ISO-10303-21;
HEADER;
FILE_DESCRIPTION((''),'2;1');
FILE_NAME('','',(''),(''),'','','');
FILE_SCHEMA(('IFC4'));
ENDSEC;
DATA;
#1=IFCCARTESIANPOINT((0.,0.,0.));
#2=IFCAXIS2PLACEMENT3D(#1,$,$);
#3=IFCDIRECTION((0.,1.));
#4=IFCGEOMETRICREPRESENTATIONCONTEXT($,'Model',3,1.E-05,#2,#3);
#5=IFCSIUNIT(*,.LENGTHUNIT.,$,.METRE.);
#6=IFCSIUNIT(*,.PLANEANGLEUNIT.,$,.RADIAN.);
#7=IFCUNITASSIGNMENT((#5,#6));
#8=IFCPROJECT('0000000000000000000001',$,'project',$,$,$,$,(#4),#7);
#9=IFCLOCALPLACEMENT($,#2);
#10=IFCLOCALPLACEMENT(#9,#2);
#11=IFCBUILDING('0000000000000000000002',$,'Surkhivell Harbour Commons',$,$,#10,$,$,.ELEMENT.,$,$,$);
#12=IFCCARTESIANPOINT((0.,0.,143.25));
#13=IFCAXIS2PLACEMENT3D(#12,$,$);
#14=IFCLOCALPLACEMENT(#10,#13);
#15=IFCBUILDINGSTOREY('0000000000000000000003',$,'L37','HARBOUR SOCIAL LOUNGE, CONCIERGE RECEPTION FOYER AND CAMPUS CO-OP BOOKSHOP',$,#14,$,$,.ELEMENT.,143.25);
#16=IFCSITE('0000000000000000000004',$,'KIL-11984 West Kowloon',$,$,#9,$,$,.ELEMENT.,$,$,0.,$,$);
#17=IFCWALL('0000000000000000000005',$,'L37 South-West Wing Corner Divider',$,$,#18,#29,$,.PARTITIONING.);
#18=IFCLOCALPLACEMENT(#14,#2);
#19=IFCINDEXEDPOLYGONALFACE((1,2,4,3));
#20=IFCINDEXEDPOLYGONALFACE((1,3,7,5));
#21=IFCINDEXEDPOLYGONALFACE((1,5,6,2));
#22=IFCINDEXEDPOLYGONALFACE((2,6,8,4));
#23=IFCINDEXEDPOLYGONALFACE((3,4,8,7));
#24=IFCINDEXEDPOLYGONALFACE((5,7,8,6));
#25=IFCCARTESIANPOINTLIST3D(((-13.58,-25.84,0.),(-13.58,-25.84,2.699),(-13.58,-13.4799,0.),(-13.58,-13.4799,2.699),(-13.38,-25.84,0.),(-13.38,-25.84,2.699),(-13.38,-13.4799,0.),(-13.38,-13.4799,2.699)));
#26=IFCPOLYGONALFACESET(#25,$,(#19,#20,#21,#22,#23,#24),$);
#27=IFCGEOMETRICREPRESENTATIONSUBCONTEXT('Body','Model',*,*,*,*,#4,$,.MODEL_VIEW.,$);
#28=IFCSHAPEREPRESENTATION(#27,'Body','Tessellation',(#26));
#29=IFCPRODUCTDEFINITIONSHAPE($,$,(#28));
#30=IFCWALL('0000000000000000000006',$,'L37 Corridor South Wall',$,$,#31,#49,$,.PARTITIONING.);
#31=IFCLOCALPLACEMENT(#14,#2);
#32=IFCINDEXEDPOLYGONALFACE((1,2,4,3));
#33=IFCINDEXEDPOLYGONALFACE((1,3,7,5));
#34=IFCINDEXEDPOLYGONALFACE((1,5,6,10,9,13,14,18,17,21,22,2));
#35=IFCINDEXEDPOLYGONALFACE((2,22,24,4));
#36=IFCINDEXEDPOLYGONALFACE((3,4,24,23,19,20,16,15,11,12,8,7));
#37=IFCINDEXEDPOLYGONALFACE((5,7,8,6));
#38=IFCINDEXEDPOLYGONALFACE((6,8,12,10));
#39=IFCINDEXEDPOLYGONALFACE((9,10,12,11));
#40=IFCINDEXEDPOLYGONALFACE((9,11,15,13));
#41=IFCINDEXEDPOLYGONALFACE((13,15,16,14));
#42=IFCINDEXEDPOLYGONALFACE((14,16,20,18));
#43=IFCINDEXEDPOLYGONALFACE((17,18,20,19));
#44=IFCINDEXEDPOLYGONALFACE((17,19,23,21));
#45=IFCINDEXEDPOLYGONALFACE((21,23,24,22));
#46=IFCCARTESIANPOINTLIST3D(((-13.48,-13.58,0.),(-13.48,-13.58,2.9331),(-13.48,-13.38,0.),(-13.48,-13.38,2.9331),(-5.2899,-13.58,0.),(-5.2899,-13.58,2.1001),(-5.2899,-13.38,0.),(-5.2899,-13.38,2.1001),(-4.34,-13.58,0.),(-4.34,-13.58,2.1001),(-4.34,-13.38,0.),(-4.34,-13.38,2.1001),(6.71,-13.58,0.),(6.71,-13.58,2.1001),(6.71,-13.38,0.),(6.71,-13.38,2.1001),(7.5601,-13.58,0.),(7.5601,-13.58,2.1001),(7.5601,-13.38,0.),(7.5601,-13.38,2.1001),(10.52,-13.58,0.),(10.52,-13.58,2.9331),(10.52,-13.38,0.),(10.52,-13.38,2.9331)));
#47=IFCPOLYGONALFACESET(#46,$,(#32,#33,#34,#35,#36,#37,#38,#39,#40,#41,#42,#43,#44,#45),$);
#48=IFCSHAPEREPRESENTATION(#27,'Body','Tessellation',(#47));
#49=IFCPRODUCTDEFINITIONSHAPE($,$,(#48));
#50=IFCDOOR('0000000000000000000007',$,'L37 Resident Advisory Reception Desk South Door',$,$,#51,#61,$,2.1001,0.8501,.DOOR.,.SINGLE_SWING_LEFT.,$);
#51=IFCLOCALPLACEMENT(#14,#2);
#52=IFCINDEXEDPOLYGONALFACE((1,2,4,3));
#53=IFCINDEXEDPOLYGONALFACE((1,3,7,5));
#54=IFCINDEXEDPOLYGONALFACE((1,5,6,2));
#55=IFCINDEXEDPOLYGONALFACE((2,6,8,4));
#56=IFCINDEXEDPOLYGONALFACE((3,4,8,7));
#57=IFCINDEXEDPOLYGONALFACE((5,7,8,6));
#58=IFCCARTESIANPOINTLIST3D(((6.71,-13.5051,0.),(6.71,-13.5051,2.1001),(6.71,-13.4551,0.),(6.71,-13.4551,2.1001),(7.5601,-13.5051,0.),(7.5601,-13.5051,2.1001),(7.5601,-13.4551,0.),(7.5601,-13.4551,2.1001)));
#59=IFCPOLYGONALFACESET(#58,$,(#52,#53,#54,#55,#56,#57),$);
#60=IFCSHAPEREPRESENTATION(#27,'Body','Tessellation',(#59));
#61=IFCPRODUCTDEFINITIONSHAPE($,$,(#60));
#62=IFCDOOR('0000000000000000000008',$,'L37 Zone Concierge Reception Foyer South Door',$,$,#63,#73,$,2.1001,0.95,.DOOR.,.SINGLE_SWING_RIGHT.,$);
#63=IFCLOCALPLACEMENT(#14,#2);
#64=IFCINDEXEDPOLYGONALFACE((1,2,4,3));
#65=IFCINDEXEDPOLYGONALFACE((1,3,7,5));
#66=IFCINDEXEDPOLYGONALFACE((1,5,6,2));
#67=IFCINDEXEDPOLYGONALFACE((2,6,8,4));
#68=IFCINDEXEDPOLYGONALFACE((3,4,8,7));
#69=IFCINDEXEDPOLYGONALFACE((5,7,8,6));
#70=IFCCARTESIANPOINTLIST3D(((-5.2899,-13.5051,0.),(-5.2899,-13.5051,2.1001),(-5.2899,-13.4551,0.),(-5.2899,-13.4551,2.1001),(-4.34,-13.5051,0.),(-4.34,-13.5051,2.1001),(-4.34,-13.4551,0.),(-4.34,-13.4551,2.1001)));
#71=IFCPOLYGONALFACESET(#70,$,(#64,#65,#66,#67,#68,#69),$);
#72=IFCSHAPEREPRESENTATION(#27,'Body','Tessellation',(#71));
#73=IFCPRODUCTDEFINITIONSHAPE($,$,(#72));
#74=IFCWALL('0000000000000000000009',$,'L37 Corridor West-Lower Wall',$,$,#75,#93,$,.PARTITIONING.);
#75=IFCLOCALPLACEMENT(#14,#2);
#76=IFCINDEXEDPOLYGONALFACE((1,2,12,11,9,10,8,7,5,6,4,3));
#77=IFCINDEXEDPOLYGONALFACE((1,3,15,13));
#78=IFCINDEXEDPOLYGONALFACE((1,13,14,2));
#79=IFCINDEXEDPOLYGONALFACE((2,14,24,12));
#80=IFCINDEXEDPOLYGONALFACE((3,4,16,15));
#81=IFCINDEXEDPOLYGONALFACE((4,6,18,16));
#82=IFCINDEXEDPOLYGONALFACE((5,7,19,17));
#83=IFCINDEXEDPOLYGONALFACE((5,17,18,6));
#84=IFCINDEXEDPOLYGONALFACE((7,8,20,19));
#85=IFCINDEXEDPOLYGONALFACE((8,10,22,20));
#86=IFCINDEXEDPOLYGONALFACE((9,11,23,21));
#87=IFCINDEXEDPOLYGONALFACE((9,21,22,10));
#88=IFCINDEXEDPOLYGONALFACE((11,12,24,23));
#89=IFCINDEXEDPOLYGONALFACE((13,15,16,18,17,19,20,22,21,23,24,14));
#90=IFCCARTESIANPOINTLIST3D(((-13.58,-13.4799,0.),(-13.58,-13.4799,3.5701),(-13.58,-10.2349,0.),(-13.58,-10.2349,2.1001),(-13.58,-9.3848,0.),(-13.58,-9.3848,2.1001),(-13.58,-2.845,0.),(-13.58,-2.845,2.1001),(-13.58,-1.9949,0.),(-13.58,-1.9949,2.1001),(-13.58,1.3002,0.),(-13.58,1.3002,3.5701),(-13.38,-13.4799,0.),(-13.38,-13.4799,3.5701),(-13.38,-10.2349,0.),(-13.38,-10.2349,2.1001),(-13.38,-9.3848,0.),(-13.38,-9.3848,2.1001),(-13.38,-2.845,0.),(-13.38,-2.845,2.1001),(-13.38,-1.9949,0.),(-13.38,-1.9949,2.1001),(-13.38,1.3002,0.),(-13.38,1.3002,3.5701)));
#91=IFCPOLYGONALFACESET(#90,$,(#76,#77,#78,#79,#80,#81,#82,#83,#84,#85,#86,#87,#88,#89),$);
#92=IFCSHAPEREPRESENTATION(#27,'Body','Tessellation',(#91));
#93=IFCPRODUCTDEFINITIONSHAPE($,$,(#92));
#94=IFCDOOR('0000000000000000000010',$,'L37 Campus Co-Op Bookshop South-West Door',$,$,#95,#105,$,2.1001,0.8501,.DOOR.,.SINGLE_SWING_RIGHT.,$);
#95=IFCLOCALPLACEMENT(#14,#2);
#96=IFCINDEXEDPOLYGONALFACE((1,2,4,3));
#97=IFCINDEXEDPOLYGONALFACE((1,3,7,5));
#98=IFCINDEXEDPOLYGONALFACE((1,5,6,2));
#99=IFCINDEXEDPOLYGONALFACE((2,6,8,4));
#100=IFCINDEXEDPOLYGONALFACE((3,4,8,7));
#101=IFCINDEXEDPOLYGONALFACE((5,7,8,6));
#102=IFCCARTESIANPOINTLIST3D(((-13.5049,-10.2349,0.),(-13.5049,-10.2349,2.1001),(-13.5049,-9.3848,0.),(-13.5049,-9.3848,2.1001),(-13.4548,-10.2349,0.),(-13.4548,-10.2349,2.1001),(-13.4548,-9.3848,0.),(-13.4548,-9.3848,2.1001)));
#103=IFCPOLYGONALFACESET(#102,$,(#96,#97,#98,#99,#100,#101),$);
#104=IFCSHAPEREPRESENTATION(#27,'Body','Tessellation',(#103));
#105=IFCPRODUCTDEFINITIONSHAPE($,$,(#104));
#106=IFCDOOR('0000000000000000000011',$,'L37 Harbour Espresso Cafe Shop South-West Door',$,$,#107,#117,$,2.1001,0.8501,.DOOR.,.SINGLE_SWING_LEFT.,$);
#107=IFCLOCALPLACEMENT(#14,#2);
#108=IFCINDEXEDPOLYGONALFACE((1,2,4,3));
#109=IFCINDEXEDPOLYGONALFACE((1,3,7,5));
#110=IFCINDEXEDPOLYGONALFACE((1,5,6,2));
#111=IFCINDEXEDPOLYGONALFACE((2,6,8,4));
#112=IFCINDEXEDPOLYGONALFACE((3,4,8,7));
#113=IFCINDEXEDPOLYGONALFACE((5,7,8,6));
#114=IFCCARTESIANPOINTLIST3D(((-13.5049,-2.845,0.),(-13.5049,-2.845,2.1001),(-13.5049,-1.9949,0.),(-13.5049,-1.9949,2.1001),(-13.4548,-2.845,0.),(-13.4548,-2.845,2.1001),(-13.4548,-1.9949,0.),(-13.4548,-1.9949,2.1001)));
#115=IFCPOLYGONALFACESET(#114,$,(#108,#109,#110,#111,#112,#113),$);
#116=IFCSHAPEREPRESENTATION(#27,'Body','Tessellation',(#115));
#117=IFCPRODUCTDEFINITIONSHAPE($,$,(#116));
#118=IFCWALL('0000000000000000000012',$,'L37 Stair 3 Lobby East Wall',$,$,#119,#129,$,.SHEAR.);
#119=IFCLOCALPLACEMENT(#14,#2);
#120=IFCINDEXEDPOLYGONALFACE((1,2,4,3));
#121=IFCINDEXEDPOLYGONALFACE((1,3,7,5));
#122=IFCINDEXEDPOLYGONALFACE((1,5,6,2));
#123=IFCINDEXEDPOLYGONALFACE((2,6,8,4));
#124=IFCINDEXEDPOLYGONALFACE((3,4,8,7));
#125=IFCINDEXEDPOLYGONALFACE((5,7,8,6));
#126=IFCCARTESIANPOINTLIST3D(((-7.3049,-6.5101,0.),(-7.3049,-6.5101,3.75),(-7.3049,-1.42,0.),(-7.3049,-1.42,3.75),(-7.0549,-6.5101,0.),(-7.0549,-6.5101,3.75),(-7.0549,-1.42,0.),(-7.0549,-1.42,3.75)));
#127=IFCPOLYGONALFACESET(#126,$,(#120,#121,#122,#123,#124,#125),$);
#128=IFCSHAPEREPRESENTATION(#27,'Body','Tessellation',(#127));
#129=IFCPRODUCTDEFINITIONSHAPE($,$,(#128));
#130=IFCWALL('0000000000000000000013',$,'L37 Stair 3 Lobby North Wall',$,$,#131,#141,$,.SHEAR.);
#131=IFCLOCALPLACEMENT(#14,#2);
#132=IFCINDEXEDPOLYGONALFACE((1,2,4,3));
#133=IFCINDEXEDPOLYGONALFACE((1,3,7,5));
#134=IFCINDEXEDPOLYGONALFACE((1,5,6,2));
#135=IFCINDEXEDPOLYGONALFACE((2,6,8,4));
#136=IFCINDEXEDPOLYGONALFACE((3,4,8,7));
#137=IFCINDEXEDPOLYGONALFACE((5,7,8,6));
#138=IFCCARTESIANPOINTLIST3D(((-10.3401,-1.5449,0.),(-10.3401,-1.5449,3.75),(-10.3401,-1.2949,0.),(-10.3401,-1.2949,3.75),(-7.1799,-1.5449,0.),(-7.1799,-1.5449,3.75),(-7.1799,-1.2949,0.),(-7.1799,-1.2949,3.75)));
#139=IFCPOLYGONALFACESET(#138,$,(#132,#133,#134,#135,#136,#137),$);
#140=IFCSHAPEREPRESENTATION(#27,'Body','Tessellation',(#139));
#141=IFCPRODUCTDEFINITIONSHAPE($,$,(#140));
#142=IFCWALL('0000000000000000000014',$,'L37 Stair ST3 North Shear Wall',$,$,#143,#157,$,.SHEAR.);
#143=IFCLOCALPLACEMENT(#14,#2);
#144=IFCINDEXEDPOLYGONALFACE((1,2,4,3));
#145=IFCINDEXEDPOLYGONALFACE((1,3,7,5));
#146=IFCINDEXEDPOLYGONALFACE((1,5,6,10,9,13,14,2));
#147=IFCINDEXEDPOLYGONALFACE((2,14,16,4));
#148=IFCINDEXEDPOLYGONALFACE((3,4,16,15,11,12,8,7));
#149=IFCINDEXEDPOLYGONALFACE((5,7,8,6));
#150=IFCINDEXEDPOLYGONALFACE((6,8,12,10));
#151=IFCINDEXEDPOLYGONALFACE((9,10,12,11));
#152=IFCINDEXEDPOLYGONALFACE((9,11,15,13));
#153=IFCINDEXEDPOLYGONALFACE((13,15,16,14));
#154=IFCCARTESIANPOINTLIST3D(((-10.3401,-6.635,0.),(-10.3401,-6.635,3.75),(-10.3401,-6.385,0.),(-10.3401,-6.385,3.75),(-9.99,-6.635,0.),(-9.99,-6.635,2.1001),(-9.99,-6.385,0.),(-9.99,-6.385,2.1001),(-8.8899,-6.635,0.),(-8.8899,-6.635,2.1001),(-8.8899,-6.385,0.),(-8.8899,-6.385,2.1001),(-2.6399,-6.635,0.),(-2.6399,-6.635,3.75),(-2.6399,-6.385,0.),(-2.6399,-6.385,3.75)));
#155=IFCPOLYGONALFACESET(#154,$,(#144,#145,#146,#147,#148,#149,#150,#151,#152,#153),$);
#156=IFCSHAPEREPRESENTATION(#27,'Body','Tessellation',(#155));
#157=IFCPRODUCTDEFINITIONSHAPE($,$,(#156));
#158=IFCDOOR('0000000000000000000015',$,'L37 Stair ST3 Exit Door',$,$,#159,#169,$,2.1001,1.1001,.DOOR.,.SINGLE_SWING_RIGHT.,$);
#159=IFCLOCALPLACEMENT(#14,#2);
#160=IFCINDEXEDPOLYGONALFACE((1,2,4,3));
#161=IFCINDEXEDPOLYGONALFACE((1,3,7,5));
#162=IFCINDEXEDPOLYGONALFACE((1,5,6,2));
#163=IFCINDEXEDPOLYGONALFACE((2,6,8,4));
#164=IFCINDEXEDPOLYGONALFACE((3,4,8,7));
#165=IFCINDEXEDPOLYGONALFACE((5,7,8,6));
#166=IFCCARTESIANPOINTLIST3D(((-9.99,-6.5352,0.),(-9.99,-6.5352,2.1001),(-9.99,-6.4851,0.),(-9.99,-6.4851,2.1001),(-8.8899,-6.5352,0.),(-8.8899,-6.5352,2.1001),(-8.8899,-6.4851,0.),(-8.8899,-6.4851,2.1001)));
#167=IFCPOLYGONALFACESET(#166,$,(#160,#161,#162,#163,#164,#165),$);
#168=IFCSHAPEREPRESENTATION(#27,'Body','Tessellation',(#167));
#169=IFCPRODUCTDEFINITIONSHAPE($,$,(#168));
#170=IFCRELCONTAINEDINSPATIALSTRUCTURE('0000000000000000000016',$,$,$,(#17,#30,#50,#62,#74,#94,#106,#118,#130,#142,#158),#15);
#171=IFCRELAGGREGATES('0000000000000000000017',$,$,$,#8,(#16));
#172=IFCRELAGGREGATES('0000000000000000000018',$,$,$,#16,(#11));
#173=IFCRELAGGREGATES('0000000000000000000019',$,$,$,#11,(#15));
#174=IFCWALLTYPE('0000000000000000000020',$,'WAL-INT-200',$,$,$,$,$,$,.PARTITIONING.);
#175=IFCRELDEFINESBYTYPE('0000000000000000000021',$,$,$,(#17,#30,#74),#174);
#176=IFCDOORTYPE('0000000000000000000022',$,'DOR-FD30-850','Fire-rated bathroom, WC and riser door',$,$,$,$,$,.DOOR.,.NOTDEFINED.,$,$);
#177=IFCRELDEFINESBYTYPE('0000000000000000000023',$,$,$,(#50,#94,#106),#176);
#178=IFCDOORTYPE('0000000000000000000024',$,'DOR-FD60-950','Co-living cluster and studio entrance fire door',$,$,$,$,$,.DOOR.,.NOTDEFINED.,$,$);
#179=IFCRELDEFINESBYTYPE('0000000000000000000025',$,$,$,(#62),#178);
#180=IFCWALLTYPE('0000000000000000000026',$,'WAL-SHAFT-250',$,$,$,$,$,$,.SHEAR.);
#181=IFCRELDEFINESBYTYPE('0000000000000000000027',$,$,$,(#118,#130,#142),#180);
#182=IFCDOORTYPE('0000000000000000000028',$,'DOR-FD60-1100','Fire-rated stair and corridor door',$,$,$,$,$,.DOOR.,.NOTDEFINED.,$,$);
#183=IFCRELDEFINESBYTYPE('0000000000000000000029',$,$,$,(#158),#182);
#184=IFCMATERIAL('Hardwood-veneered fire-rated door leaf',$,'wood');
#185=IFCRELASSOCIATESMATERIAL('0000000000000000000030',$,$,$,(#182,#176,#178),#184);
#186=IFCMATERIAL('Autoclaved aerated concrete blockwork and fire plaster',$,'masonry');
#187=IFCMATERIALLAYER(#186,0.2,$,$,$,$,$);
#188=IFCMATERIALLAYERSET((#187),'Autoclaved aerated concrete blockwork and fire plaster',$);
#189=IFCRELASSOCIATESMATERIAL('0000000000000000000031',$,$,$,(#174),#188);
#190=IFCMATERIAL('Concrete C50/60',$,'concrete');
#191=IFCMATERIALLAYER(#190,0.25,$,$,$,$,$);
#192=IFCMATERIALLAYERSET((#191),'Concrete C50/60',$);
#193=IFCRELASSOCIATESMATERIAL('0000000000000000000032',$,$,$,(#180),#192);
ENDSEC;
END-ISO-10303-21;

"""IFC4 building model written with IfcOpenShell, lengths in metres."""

from ifc_helpers import new_model, si_unit, direction, frame, frame_2d, origin, place, context, subcontext, project, spatial, rectangle, extrude, material, layer, layer_set, type_object, element, fill, save


model = new_model("IFC4")

# Units and contexts
model_context = context("Model", 3, precision=1e-05, world=origin(), true_north=direction((0.0, 1.0)))
body_context = subcontext(model_context, "Body", "Model", "MODEL_VIEW")
ifc_project = project(units=[si_unit("LENGTHUNIT", "METRE"), si_unit("PLANEANGLEUNIT", "RADIAN")], contexts=[model_context])

# Site, building, storey
site_placement = place(None, origin())
site = spatial("IfcSite", under=ifc_project, at=site_placement, Name="KIL-11984 West Kowloon", CompositionType="ELEMENT", RefElevation=0.0)
building_placement = place(site_placement, origin())
building = spatial("IfcBuilding", under=site, at=building_placement, Name="Surkhivell Harbour Commons", CompositionType="ELEMENT")
storey_placement = place(building_placement, frame((0.0, 0.0, 143.25)))
storey = spatial("IfcBuildingStorey", under=building, at=storey_placement, Name="L37", Description="HARBOUR SOCIAL LOUNGE, CONCIERGE RECEPTION FOYER AND CAMPUS CO-OP BOOKSHOP", CompositionType="ELEMENT", Elevation=143.25)

# Shared definitions
ifc_material_1 = material(Name="Hardwood-veneered fire-rated door leaf", Category="wood")
door_type_1 = type_object("IfcDoorType", Name="DOR-FD60-1100", Description="Fire-rated stair and corridor door", OperationType="NOTDEFINED", PredefinedType="DOOR", material=ifc_material_1)

# Shared definitions
door_type_2 = type_object("IfcDoorType", Name="DOR-FD30-850", Description="Fire-rated bathroom, WC and riser door", OperationType="NOTDEFINED", PredefinedType="DOOR", material=ifc_material_1)

# Wall
ifc_material_2 = material(Name="Autoclaved aerated concrete blockwork and fire plaster", Category="masonry")
ifc_layer_1 = layer(ifc_material_2, 0.2)
ifc_layer_set_1 = layer_set([ifc_layer_1], Name="Autoclaved aerated concrete blockwork and fire plaster")
wall_type_1 = type_object("IfcWallType", Name="WAL-INT-200", PredefinedType="PARTITIONING", material=ifc_layer_set_1)
wall_1_placement = place(storey_placement, frame((-13.48, -25.8401, 0.0), z_axis=(0.0, 0.0, 1.0), x_axis=(0.0, 1.0, 0.0)))
element("IfcWall", 1, at=wall_1_placement, inside=storey, type_object=wall_type_1, Name="L37 South-West Wing Corner Divider", PredefinedType="PARTITIONING", context=body_context, shape_type="SweptSolid", body=[
    extrude(rectangle(XDim=12.3601, YDim=0.2, at=frame_2d((6.1802, 0.0))), origin(), (0.0, 0.0, 1.0), 2.699),
])

# Walls, openings, doors
wall_2_placement = place(storey_placement, frame((-13.48, -13.48, 0.0), z_axis=(0.0, 0.0, 1.0), x_axis=(1.0, 0.0, 0.0)))
wall_2 = element("IfcWall", 2, at=wall_2_placement, inside=storey, type_object=wall_type_1, Name="L37 Corridor South Wall", PredefinedType="PARTITIONING", context=body_context, shape_type="SweptSolid", body=[
    extrude(rectangle(XDim=24.0, YDim=0.2, at=frame_2d((12.0, 0.0))), origin(), (0.0, 0.0, 1.0), 2.9331),
])
opening_1_placement = place(wall_2_placement, frame((8.1899, 0.0, 0.0)))
opening_1 = element("IfcOpeningElement", 3, at=opening_1_placement, cuts=wall_2, PredefinedType="OPENING", context=body_context, shape_type="SweptSolid", body=[
    extrude(rectangle(XDim=0.95, YDim=2.1001, at=frame_2d((0.4751, 1.05))), frame((0.0, 0.1099, 0.0), z_axis=(0.0, -1.0, 0.0), x_axis=(1.0, 0.0, 0.0)), (0.0, 0.0, 1.0), 0.22),
])
opening_2_placement = place(wall_2_placement, frame((20.1899, 0.0, 0.0)))
opening_2 = element("IfcOpeningElement", 4, at=opening_2_placement, cuts=wall_2, PredefinedType="OPENING", context=body_context, shape_type="SweptSolid", body=[
    extrude(rectangle(XDim=0.8501, YDim=2.1001, at=frame_2d((0.425, 1.05))), frame((0.0, 0.1099, 0.0), z_axis=(0.0, -1.0, 0.0), x_axis=(1.0, 0.0, 0.0)), (0.0, 0.0, 1.0), 0.22),
])
door_1_placement = place(opening_2_placement, origin())
door_1 = element("IfcDoor", 5, at=door_1_placement, inside=storey, type_object=door_type_2, Name="L37 Resident Advisory Reception Desk South Door", OperationType="SINGLE_SWING_LEFT", OverallHeight=2.1001, OverallWidth=0.8501, PredefinedType="DOOR", context=body_context, shape_type="SweptSolid", body=[
    extrude(rectangle(XDim=0.8501, YDim=2.1001, at=frame_2d((0.425, 1.05))), frame((0.0, 0.0249, 0.0), z_axis=(0.0, -1.0, 0.0), x_axis=(1.0, 0.0, 0.0)), (0.0, 0.0, 1.0), 0.05),
])
fill(opening_2, door_1)
door_type_3 = type_object("IfcDoorType", Name="DOR-FD60-950", Description="Co-living cluster and studio entrance fire door", OperationType="NOTDEFINED", PredefinedType="DOOR", material=ifc_material_1)
door_2_placement = place(opening_1_placement, origin())
door_2 = element("IfcDoor", 6, at=door_2_placement, inside=storey, type_object=door_type_3, Name="L37 Zone Concierge Reception Foyer South Door", OperationType="SINGLE_SWING_RIGHT", OverallHeight=2.1001, OverallWidth=0.95, PredefinedType="DOOR", context=body_context, shape_type="SweptSolid", body=[
    extrude(rectangle(XDim=0.95, YDim=2.1001, at=frame_2d((0.4751, 1.05))), frame((0.0, 0.0249, 0.0), z_axis=(0.0, -1.0, 0.0), x_axis=(1.0, 0.0, 0.0)), (0.0, 0.0, 1.0), 0.05),
])
fill(opening_1, door_2)
wall_3_placement = place(storey_placement, frame((-13.48, -13.48, 0.0), z_axis=(0.0, 0.0, 1.0), x_axis=(0.0, 1.0, 0.0)))
wall_3 = element("IfcWall", 7, at=wall_3_placement, inside=storey, type_object=wall_type_1, Name="L37 Corridor West-Lower Wall", PredefinedType="PARTITIONING", context=body_context, shape_type="SweptSolid", body=[
    extrude(rectangle(XDim=14.78, YDim=0.2, at=frame_2d((7.3901, 0.0))), origin(), (0.0, 0.0, 1.0), 3.5701),
])
opening_3_placement = place(wall_3_placement, frame((3.2451, 0.0, 0.0)))
opening_3 = element("IfcOpeningElement", 8, at=opening_3_placement, cuts=wall_3, PredefinedType="OPENING", context=body_context, shape_type="SweptSolid", body=[
    extrude(rectangle(XDim=0.8501, YDim=2.1001, at=frame_2d((0.425, 1.05))), frame((0.0, 0.1099, 0.0), z_axis=(0.0, -1.0, 0.0), x_axis=(1.0, 0.0, 0.0)), (0.0, 0.0, 1.0), 0.22),
])
opening_4_placement = place(wall_3_placement, frame((10.635, 0.0, 0.0)))
opening_4 = element("IfcOpeningElement", 9, at=opening_4_placement, cuts=wall_3, PredefinedType="OPENING", context=body_context, shape_type="SweptSolid", body=[
    extrude(rectangle(XDim=0.8501, YDim=2.1001, at=frame_2d((0.425, 1.05))), frame((0.0, 0.1099, 0.0), z_axis=(0.0, -1.0, 0.0), x_axis=(1.0, 0.0, 0.0)), (0.0, 0.0, 1.0), 0.22),
])
door_3_placement = place(opening_3_placement, origin())
door_3 = element("IfcDoor", 10, at=door_3_placement, inside=storey, type_object=door_type_2, Name="L37 Campus Co-Op Bookshop South-West Door", OperationType="SINGLE_SWING_RIGHT", OverallHeight=2.1001, OverallWidth=0.8501, PredefinedType="DOOR", context=body_context, shape_type="SweptSolid", body=[
    extrude(rectangle(XDim=0.8501, YDim=2.1001, at=frame_2d((0.425, 1.05))), frame((0.0, 0.0249, 0.0), z_axis=(0.0, -1.0, 0.0), x_axis=(1.0, 0.0, 0.0)), (0.0, 0.0, 1.0), 0.05),
])
fill(opening_3, door_3)
door_4_placement = place(opening_4_placement, origin())
door_4 = element("IfcDoor", 11, at=door_4_placement, inside=storey, type_object=door_type_2, Name="L37 Harbour Espresso Cafe Shop South-West Door", OperationType="SINGLE_SWING_LEFT", OverallHeight=2.1001, OverallWidth=0.8501, PredefinedType="DOOR", context=body_context, shape_type="SweptSolid", body=[
    extrude(rectangle(XDim=0.8501, YDim=2.1001, at=frame_2d((0.425, 1.05))), frame((0.0, 0.0249, 0.0), z_axis=(0.0, -1.0, 0.0), x_axis=(1.0, 0.0, 0.0)), (0.0, 0.0, 1.0), 0.05),
])
fill(opening_4, door_4)

# Walls
ifc_material_3 = material(Name="Concrete C50/60", Category="concrete")
ifc_layer_2 = layer(ifc_material_3, 0.25)
ifc_layer_set_2 = layer_set([ifc_layer_2], Name="Concrete C50/60")
wall_type_2 = type_object("IfcWallType", Name="WAL-SHAFT-250", PredefinedType="SHEAR", material=ifc_layer_set_2)
wall_4_placement = place(storey_placement, frame((-7.1799, -6.51, 0.0), z_axis=(0.0, 0.0, 1.0), x_axis=(0.0, 1.0, 0.0)))
element("IfcWall", 12, at=wall_4_placement, inside=storey, type_object=wall_type_2, Name="L37 Stair 3 Lobby East Wall", PredefinedType="SHEAR", context=body_context, shape_type="SweptSolid", body=[
    extrude(rectangle(XDim=5.0901, YDim=0.25, at=frame_2d((2.5449, 0.0))), origin(), (0.0, 0.0, 1.0), 3.75),
])
wall_5_placement = place(storey_placement, frame((-10.3401, -1.4199, 0.0), z_axis=(0.0, 0.0, 1.0), x_axis=(1.0, 0.0, 0.0)))
element("IfcWall", 13, at=wall_5_placement, inside=storey, type_object=wall_type_2, Name="L37 Stair 3 Lobby North Wall", PredefinedType="SHEAR", context=body_context, shape_type="SweptSolid", body=[
    extrude(rectangle(XDim=3.1602, YDim=0.25, at=frame_2d((1.5801, 0.0))), origin(), (0.0, 0.0, 1.0), 3.75),
])

# Wall, opening, door
wall_6_placement = place(storey_placement, frame((-10.3401, -6.51, 0.0), z_axis=(0.0, 0.0, 1.0), x_axis=(1.0, 0.0, 0.0)))
wall_6 = element("IfcWall", 14, at=wall_6_placement, inside=storey, type_object=wall_type_2, Name="L37 Stair ST3 North Shear Wall", PredefinedType="SHEAR", context=body_context, shape_type="SweptSolid", body=[
    extrude(rectangle(XDim=7.7002, YDim=0.25, at=frame_2d((3.8501, 0.0))), origin(), (0.0, 0.0, 1.0), 3.75),
])
opening_5_placement = place(wall_6_placement, frame((0.3501, 0.0, 0.0)))
opening_5 = element("IfcOpeningElement", 15, at=opening_5_placement, cuts=wall_6, PredefinedType="OPENING", context=body_context, shape_type="SweptSolid", body=[
    extrude(rectangle(XDim=1.1001, YDim=2.1001, at=frame_2d((0.55, 1.05))), frame((0.0, 0.135, 0.0), z_axis=(0.0, -1.0, 0.0), x_axis=(1.0, 0.0, 0.0)), (0.0, 0.0, 1.0), 0.27),
])
door_5_placement = place(opening_5_placement, origin())
door_5 = element("IfcDoor", 16, at=door_5_placement, inside=storey, type_object=door_type_1, Name="L37 Stair ST3 Exit Door", OperationType="SINGLE_SWING_RIGHT", OverallHeight=2.1001, OverallWidth=1.1001, PredefinedType="DOOR", context=body_context, shape_type="SweptSolid", body=[
    extrude(rectangle(XDim=1.1001, YDim=2.1001, at=frame_2d((0.55, 1.05))), frame((0.0, 0.0249, 0.0), z_axis=(0.0, -1.0, 0.0), x_axis=(1.0, 0.0, 0.0)), (0.0, 0.0, 1.0), 0.05),
])
fill(opening_5, door_5)

save(model, "model.ifc")
